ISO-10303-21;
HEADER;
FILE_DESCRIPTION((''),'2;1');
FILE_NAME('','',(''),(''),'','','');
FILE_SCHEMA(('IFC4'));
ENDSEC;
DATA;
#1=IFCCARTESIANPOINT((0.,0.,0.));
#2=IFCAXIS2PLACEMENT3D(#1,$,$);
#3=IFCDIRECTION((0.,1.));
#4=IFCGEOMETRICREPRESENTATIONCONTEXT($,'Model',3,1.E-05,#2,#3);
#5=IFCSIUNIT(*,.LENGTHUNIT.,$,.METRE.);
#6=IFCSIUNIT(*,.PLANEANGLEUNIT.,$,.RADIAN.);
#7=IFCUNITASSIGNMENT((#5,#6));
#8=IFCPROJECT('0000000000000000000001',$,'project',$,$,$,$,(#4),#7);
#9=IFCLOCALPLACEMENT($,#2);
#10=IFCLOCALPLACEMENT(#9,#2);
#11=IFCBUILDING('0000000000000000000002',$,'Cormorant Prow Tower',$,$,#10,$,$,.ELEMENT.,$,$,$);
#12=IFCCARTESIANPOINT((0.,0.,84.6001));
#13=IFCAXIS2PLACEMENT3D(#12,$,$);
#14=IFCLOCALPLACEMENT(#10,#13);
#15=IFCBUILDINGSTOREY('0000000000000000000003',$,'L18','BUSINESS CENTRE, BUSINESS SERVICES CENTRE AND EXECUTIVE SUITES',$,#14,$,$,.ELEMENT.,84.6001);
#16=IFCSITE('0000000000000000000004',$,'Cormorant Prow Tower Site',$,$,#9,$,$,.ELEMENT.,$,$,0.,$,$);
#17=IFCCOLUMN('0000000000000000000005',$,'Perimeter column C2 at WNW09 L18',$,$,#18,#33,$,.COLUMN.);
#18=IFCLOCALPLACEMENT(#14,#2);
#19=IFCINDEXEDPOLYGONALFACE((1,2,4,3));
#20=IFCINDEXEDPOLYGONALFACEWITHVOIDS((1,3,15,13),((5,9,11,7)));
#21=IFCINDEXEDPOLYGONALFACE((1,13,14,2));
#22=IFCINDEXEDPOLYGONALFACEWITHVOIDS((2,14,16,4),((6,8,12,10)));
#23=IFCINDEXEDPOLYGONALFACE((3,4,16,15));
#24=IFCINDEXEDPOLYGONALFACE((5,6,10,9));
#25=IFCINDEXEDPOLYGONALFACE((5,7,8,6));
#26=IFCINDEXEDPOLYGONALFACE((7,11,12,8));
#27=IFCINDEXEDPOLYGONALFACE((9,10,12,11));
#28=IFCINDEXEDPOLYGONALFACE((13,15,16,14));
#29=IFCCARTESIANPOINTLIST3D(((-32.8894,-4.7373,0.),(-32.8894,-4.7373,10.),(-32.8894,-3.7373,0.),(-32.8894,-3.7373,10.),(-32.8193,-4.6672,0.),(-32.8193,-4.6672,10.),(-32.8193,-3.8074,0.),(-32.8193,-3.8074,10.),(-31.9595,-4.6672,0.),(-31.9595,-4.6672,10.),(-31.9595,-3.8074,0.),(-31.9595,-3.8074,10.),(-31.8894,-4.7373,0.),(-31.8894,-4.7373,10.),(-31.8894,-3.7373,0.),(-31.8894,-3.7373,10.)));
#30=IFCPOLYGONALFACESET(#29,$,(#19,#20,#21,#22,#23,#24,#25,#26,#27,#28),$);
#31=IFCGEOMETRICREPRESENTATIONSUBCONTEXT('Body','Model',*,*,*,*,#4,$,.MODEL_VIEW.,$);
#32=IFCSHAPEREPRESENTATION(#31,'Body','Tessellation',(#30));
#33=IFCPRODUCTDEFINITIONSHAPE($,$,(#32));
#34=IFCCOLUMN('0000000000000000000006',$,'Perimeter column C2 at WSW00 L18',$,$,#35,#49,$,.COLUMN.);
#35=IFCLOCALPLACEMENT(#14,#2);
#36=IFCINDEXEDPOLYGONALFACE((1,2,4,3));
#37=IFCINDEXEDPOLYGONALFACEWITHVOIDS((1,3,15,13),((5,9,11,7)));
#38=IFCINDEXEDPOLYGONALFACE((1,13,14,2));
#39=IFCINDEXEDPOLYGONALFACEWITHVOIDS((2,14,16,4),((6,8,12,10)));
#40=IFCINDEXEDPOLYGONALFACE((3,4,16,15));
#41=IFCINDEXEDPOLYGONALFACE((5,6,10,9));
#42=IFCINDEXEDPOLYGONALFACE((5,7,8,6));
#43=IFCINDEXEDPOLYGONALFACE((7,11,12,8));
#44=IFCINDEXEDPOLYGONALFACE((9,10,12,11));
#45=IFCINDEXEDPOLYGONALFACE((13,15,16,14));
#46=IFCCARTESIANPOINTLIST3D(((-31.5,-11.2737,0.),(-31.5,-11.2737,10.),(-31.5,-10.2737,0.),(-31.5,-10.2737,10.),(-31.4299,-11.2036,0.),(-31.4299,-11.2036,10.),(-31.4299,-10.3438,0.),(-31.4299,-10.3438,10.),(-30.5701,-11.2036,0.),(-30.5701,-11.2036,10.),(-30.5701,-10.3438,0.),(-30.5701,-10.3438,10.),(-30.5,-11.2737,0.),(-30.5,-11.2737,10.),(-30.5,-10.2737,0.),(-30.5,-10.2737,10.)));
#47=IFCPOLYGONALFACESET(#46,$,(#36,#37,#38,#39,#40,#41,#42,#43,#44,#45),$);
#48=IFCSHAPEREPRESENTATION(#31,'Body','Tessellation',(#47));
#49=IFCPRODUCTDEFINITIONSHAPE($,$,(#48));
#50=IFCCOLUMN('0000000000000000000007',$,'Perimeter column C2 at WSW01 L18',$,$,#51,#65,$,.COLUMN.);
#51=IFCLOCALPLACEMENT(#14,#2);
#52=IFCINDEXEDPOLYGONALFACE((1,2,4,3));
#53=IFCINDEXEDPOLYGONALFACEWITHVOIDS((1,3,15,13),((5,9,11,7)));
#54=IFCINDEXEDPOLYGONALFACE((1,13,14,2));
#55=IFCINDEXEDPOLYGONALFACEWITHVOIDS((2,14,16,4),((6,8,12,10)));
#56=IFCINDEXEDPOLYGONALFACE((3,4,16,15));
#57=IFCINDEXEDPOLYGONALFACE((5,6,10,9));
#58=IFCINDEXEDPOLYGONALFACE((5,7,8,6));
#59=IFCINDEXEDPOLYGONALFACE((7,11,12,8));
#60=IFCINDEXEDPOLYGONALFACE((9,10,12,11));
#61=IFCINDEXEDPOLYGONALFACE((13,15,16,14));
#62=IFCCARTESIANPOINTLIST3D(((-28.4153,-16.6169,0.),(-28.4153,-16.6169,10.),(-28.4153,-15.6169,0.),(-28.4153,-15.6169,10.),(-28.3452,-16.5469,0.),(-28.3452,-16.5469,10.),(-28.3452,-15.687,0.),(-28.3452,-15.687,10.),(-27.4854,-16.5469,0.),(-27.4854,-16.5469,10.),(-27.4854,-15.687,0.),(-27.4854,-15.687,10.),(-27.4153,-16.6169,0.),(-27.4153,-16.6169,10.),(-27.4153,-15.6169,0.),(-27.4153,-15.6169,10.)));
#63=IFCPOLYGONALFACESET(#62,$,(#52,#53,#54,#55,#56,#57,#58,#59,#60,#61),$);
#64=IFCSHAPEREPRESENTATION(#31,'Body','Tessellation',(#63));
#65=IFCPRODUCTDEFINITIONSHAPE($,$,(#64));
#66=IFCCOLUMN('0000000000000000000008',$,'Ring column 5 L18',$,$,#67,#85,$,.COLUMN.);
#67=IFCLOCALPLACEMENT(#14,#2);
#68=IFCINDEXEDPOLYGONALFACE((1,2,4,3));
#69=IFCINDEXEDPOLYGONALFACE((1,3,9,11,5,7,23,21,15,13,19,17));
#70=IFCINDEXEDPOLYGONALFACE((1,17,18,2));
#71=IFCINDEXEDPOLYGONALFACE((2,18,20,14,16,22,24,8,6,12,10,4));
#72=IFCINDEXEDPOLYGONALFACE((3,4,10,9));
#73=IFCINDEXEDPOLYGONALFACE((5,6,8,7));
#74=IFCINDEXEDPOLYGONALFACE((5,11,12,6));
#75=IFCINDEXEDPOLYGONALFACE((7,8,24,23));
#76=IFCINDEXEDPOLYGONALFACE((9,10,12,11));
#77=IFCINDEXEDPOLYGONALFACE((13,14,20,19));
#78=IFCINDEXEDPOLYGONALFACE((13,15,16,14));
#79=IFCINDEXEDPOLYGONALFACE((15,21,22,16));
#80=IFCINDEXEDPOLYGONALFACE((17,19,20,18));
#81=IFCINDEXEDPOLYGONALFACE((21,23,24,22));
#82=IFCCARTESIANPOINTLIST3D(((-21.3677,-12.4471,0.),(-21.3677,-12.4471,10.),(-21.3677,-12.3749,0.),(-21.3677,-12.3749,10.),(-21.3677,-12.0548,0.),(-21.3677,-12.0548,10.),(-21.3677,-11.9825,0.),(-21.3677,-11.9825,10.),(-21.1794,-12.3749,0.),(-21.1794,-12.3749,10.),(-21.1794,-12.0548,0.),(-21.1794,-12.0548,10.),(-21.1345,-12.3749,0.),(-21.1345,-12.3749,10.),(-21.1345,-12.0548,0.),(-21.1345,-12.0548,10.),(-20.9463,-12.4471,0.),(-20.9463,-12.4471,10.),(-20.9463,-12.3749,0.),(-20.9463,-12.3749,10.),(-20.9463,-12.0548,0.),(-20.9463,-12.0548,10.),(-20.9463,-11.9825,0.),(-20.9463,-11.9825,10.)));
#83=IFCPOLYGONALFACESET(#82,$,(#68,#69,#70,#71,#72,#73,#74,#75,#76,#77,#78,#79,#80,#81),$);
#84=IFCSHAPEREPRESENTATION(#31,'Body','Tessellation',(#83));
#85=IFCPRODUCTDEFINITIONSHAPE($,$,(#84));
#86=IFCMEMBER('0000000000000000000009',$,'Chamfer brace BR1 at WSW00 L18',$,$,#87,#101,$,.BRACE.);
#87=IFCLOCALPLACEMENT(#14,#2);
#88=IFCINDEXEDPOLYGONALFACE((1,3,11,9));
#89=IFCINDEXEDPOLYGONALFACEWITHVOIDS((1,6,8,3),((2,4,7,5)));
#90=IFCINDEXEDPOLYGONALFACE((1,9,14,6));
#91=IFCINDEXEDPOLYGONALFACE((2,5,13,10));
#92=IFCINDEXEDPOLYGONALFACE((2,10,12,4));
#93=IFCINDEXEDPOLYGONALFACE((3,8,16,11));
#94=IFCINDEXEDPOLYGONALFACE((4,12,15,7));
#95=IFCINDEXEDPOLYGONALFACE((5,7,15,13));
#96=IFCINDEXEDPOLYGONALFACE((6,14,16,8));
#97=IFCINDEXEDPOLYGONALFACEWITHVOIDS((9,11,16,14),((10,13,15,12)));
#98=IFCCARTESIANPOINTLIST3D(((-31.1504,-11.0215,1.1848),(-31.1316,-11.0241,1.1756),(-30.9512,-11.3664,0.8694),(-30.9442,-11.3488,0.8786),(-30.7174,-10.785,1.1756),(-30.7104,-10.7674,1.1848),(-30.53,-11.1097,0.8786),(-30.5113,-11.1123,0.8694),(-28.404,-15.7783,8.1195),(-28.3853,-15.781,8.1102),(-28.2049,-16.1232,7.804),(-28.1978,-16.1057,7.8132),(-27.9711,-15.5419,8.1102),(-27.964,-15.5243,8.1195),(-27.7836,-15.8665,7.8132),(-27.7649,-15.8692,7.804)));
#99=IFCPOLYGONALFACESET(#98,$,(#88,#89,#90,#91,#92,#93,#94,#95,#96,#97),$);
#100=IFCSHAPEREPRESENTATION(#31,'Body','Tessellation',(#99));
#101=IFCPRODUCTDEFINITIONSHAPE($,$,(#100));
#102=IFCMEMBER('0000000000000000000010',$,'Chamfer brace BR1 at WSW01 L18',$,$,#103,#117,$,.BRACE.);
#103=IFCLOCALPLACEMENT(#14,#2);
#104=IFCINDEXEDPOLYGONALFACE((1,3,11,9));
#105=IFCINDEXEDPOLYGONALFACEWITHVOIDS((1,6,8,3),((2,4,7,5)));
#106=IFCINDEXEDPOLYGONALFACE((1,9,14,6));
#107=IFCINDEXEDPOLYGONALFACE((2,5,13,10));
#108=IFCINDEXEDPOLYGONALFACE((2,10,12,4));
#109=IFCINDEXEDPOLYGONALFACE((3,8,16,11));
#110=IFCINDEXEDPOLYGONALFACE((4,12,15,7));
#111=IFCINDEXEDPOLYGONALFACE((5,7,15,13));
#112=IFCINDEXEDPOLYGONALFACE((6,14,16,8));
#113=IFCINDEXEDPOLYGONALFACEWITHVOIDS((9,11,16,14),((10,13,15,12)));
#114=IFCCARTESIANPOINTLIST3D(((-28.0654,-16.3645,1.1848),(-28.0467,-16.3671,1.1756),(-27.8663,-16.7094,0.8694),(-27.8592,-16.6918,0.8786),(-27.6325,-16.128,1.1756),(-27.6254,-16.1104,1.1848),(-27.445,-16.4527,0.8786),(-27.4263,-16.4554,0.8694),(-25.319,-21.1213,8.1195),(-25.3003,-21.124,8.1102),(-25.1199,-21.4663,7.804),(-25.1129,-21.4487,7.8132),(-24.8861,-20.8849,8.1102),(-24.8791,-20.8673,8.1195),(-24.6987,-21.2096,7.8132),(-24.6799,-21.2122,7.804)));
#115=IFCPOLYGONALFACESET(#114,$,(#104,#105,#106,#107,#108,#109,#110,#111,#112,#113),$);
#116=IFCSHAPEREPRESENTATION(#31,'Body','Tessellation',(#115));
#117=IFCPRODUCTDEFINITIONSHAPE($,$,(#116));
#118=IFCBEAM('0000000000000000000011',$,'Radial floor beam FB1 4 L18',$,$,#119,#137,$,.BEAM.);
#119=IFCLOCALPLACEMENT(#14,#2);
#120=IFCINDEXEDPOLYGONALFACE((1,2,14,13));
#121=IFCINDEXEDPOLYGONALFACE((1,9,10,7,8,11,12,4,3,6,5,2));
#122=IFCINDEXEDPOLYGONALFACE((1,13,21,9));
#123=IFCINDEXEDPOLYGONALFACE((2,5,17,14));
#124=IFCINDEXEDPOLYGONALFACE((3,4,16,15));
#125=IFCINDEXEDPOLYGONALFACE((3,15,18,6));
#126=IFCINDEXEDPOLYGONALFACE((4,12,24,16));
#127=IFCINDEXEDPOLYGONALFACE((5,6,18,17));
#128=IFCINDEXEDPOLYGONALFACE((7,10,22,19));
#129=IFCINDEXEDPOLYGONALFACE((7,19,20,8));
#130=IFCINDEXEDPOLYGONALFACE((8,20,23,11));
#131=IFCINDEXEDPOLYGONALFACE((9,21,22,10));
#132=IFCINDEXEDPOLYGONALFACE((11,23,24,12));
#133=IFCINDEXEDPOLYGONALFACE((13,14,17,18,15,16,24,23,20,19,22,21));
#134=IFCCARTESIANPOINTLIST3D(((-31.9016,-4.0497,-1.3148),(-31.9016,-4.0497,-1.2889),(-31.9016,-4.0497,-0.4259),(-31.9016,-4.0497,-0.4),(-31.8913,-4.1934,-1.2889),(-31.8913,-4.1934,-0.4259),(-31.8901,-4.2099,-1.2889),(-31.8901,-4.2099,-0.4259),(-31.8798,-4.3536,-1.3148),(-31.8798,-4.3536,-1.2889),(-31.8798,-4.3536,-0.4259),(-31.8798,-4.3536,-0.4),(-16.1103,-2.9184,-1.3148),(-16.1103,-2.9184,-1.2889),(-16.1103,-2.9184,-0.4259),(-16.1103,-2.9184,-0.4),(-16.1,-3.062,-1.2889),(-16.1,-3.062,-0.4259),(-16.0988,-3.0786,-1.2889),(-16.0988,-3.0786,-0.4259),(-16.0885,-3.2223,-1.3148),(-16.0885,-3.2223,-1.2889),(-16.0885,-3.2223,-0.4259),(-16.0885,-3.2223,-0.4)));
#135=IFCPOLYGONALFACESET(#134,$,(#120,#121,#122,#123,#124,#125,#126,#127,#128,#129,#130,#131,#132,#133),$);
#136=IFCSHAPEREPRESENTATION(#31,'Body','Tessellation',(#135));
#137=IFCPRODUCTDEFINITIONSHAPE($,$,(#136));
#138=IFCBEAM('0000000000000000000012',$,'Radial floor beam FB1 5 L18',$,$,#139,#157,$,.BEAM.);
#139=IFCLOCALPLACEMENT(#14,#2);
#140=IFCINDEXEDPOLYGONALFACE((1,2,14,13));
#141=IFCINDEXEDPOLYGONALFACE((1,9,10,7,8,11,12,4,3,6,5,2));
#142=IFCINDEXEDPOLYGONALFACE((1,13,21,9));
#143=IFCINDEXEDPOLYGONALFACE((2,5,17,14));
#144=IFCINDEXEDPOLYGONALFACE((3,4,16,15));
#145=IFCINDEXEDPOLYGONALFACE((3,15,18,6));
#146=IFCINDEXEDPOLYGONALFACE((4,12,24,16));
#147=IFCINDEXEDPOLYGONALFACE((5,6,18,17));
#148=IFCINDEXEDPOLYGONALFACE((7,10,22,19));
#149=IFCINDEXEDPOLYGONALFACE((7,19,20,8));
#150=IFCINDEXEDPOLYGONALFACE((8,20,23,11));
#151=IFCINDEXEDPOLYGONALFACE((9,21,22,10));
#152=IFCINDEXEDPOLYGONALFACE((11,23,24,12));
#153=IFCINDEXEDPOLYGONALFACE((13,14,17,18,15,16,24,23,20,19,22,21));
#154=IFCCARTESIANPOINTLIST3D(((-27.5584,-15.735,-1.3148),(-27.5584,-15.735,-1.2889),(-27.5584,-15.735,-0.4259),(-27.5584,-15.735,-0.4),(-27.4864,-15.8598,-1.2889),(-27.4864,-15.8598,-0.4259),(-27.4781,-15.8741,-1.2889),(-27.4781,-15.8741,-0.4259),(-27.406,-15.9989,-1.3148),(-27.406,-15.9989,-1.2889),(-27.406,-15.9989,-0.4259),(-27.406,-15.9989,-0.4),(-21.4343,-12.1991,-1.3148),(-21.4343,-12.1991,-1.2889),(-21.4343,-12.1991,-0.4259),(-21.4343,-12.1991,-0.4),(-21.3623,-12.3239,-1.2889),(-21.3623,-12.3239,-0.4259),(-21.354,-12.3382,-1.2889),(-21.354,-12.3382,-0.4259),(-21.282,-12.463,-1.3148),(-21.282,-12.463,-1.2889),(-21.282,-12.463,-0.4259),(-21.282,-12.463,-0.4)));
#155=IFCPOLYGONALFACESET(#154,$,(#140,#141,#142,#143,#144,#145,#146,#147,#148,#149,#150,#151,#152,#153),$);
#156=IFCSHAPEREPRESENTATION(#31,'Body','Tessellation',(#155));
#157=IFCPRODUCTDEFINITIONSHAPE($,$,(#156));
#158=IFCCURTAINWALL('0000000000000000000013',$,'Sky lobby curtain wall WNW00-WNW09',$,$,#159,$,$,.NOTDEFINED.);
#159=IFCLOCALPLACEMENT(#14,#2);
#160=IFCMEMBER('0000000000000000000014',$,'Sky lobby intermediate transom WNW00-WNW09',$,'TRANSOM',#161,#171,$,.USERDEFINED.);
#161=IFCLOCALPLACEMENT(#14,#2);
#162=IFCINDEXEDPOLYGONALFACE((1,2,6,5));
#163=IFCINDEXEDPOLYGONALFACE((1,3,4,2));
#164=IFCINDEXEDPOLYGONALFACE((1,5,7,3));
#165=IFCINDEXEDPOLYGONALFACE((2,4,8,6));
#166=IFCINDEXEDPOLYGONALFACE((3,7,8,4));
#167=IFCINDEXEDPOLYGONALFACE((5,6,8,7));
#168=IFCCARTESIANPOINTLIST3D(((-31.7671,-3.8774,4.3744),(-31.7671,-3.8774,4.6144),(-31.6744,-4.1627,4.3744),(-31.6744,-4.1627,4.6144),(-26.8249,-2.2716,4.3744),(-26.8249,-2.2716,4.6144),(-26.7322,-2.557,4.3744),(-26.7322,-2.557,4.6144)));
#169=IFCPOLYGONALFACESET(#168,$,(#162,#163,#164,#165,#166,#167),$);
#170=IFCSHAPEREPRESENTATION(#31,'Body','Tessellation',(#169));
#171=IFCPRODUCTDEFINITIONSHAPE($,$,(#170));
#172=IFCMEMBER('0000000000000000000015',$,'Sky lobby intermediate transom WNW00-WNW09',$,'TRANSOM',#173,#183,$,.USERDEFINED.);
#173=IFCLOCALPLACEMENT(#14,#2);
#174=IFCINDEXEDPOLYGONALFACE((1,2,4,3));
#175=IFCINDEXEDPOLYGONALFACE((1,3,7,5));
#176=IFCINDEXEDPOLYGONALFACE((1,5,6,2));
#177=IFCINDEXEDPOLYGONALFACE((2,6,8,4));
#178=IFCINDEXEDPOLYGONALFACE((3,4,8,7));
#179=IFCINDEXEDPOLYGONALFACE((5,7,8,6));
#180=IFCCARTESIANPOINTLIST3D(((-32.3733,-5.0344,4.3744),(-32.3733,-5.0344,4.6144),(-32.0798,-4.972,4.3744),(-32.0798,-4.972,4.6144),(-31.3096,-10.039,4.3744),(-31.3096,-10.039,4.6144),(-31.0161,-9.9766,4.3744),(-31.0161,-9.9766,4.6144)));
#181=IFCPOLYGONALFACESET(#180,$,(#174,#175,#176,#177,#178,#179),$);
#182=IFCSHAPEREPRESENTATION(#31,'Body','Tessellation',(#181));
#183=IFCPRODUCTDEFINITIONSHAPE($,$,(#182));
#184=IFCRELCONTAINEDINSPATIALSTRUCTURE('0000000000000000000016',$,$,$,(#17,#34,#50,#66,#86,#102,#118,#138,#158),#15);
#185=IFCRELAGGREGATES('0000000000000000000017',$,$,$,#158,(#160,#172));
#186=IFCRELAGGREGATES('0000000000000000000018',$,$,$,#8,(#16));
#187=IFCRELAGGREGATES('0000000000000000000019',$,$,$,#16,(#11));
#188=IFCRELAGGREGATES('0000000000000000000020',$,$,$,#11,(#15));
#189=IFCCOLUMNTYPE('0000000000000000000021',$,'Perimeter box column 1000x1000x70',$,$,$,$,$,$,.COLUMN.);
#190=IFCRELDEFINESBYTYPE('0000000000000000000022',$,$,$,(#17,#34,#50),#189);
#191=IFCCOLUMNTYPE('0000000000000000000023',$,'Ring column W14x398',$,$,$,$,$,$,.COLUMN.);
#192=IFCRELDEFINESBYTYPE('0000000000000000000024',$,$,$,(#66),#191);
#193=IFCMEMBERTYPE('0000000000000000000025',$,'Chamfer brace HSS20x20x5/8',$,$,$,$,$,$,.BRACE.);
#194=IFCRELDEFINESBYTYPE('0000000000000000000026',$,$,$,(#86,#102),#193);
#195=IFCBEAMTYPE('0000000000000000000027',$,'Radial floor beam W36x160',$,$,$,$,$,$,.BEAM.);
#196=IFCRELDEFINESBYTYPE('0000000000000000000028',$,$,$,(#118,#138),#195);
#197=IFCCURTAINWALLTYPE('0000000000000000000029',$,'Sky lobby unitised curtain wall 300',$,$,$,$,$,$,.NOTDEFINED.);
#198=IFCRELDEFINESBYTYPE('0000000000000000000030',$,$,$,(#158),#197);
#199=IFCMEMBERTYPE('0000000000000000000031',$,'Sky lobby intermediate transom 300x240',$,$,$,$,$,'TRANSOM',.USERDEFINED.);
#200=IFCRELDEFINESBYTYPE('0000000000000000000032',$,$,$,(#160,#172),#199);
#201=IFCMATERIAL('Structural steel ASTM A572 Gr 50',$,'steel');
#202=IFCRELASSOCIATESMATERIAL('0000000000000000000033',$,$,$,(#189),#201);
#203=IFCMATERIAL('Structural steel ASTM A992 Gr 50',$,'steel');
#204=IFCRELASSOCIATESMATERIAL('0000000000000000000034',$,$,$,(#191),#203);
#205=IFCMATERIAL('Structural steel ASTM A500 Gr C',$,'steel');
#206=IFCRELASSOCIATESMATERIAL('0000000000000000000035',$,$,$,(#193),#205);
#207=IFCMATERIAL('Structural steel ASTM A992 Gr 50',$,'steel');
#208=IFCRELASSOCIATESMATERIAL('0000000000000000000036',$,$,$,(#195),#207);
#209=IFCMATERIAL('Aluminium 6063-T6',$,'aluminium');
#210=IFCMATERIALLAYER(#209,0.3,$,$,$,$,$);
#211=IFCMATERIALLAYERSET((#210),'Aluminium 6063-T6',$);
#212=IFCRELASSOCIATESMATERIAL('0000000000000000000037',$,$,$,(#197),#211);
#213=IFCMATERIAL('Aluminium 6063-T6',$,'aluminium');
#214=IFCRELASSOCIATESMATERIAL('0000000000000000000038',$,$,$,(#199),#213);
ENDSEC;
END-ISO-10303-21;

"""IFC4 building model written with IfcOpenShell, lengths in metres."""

from ifc_helpers import new_model, si_unit, direction, frame, origin, origin_2d, place, context, subcontext, project, spatial, rectangle, hollow_rectangle, i_section, extrude, material, layer, layer_set, material_profile, profile_set, type_object, element, aggregate, save


model = new_model("IFC4")

# Units and contexts
model_context = context("Model", 3, precision=1e-05, world=origin(), true_north=direction((0.0, 1.0)))
body_context = subcontext(model_context, "Body", "Model", "MODEL_VIEW")
ifc_project = project(units=[si_unit("LENGTHUNIT", "METRE"), si_unit("PLANEANGLEUNIT", "RADIAN")], contexts=[model_context])

# Site, building, storey
site_placement = place(None, origin())
site = spatial("IfcSite", under=ifc_project, at=site_placement, Name="Cormorant Prow Tower Site", CompositionType="ELEMENT", RefElevation=0.0)
building_placement = place(site_placement, origin())
building = spatial("IfcBuilding", under=site, at=building_placement, Name="Cormorant Prow Tower", CompositionType="ELEMENT")
storey_placement = place(building_placement, frame((0.0, 0.0, 84.6001)))
storey = spatial("IfcBuildingStorey", under=building, at=storey_placement, Name="L18", Description="BUSINESS CENTRE, BUSINESS SERVICES CENTRE AND EXECUTIVE SUITES", CompositionType="ELEMENT", Elevation=84.6001)

# Columns
ifc_material_1 = material(Name="Structural steel ASTM A572 Gr 50", Category="steel")
ifc_material_profile_1 = material_profile(ifc_material_1, hollow_rectangle(XDim=1.0, YDim=1.0, WallThickness=0.0701, at=origin_2d()), Name="Box 1000x1000x70")
ifc_profile_set_1 = profile_set([ifc_material_profile_1], Name="Structural steel ASTM A572 Gr 50")
column_type_1 = type_object("IfcColumnType", Name="Perimeter box column 1000x1000x70", PredefinedType="COLUMN", material=ifc_profile_set_1)
for number, where, z_axis, x_axis, name in (
    (1, (-32.3894, -4.2373, 0.0), (0.0, 0.0, 1.0), (1.0, 0.0, 0.0), "Perimeter column C2 at WNW09 L18"),
    (2, (-31.0, -10.7737, 0.0), (0.0, 0.0, 1.0), (1.0, 0.0, 0.0), "Perimeter column C2 at WSW00 L18"),
    (3, (-27.9153, -16.1169, 0.0), (0.0, 0.0, 1.0), (1.0, 0.0, 0.0), "Perimeter column C2 at WSW01 L18"),
):
    element("IfcColumn", number, at=place(storey_placement, frame(where, z_axis=z_axis, x_axis=x_axis)), inside=storey, type_object=column_type_1, Name=name, PredefinedType="COLUMN", context=body_context, shape_type="SweptSolid", body=[
        extrude(hollow_rectangle(XDim=1.0, YDim=1.0, WallThickness=0.0701, at=origin_2d()), origin(), (0.0, 0.0, 1.0), 10.0),
    ])
ifc_material_2 = material(Name="Structural steel ASTM A992 Gr 50", Category="steel")
ifc_material_profile_2 = material_profile(ifc_material_2, i_section(OverallWidth=0.4214, OverallDepth=0.4646, WebThickness=0.0449, FlangeThickness=0.0723, at=origin_2d()), Name="W14x398")
ifc_profile_set_2 = profile_set([ifc_material_profile_2], Name="Structural steel ASTM A992 Gr 50")
column_type_2 = type_object("IfcColumnType", Name="Ring column W14x398", PredefinedType="COLUMN", material=ifc_profile_set_2)
column_placement = place(storey_placement, frame((-21.157, -12.2148, 0.0), z_axis=(0.0, 0.0, 1.0), x_axis=(1.0, 0.0, 0.0)))
element("IfcColumn", 4, at=column_placement, inside=storey, type_object=column_type_2, Name="Ring column 5 L18", PredefinedType="COLUMN", context=body_context, shape_type="SweptSolid", body=[
    extrude(i_section(OverallWidth=0.4214, OverallDepth=0.4646, WebThickness=0.0449, FlangeThickness=0.0723, at=origin_2d()), origin(), (0.0, 0.0, 1.0), 10.0),
])

# Members
ifc_material_3 = material(Name="Structural steel ASTM A500 Gr C", Category="steel")
ifc_material_profile_3 = material_profile(ifc_material_3, hollow_rectangle(XDim=0.5081, YDim=0.5081, WallThickness=0.0149, at=origin_2d()), Name="HSS20x20x5/8")
ifc_profile_set_3 = profile_set([ifc_material_profile_3], Name="Structural steel ASTM A500 Gr C")
member_type_1 = type_object("IfcMemberType", Name="Chamfer brace HSS20x20x5/8", PredefinedType="BRACE", material=ifc_profile_set_3)
for number, where, z_axis, x_axis, name in (
    (5, (-30.8308, -11.0669, 1.0271), (0.310448, -0.537717, 0.783889), (0.866027, 0.499997, 0.0), "Chamfer brace BR1 at WSW00 L18"),
    (6, (-27.7458, -16.4099, 1.0271), (0.310448, -0.537717, 0.783889), (0.866027, 0.499997, 0.0), "Chamfer brace BR1 at WSW01 L18"),
):
    element("IfcMember", number, at=place(storey_placement, frame(where, z_axis=z_axis, x_axis=x_axis)), inside=storey, type_object=member_type_1, Name=name, PredefinedType="BRACE", context=body_context, shape_type="SweptSolid", body=[
        extrude(hollow_rectangle(XDim=0.5081, YDim=0.5081, WallThickness=0.0149, at=origin_2d()), origin(), (0.0, 0.0, 1.0), 8.8464),
    ])

# Beams
ifc_material_4 = material(Name="Structural steel ASTM A992 Gr 50", Category="steel")
ifc_material_profile_4 = material_profile(ifc_material_4, i_section(OverallWidth=0.3047, OverallDepth=0.9148, WebThickness=0.0166, FlangeThickness=0.0259, at=origin_2d()), Name="W36x160")
ifc_profile_set_4 = profile_set([ifc_material_profile_4], Name="Structural steel ASTM A992 Gr 50")
beam_type_1 = type_object("IfcBeamType", Name="Radial floor beam W36x160", PredefinedType="BEAM", material=ifc_profile_set_4)
beam_1_placement = place(storey_placement, frame((-16.0994, -3.0703, -0.8574), z_axis=(-0.997443, -0.071461, 0.0), x_axis=(0.071461, -0.997443, 0.0)))
element("IfcBeam", 7, at=beam_1_placement, inside=storey, type_object=beam_type_1, Name="Radial floor beam FB1 4 L18", PredefinedType="BEAM", context=body_context, shape_type="SweptSolid", body=[
    extrude(i_section(OverallWidth=0.3047, OverallDepth=0.9148, WebThickness=0.0166, FlangeThickness=0.0259, at=origin_2d()), origin(), (0.0, 0.0, 1.0), 15.8318),
])
beam_2_placement = place(storey_placement, frame((-21.3582, -12.3311, -0.8574), z_axis=(-0.866014, -0.500019, 0.0), x_axis=(0.500019, -0.866014, 0.0)))
element("IfcBeam", 8, at=beam_2_placement, inside=storey, type_object=beam_type_1, Name="Radial floor beam FB1 5 L18", PredefinedType="BEAM", context=body_context, shape_type="SweptSolid", body=[
    extrude(i_section(OverallWidth=0.3047, OverallDepth=0.9148, WebThickness=0.0166, FlangeThickness=0.0259, at=origin_2d()), origin(), (0.0, 0.0, 1.0), 7.0715),
])

# Curtain wall, members
ifc_material_5 = material(Name="Aluminium 6063-T6", Category="aluminium")
ifc_layer_1 = layer(ifc_material_5, 0.3)
ifc_layer_set_1 = layer_set([ifc_layer_1], Name="Aluminium 6063-T6")
curtain_wall_type = type_object("IfcCurtainWallType", Name="Sky lobby unitised curtain wall 300", PredefinedType="NOTDEFINED", material=ifc_layer_set_1)
curtain_wall_placement = place(storey_placement, origin())
curtain_wall = element("IfcCurtainWall", 9, at=curtain_wall_placement, inside=storey, type_object=curtain_wall_type, Name="Sky lobby curtain wall WNW00-WNW09", PredefinedType="NOTDEFINED")
ifc_material_6 = material(Name="Aluminium 6063-T6", Category="aluminium")
ifc_material_profile_5 = material_profile(ifc_material_6, rectangle(XDim=0.3, YDim=0.24, at=origin_2d()), Name="Sky lobby intermediate transom 300x240")
ifc_profile_set_5 = profile_set([ifc_material_profile_5], Name="Aluminium 6063-T6")
member_type_2 = type_object("IfcMemberType", Name="Sky lobby intermediate transom 300x240", ElementType="TRANSOM", PredefinedType="USERDEFINED", material=ifc_profile_set_5)
member_1_placement = place(storey_placement, frame((-26.7786, -2.4143, 4.4944), z_axis=(-0.951061, -0.309002, 0.0), x_axis=(0.309002, -0.951061, 0.0)))
member_1 = element("IfcMember", 10, at=member_1_placement, type_object=member_type_2, Name="Sky lobby intermediate transom WNW00-WNW09", ObjectType="TRANSOM", PredefinedType="USERDEFINED", context=body_context, shape_type="SweptSolid", body=[
    extrude(rectangle(XDim=0.3, YDim=0.24, at=origin_2d()), origin(), (0.0, 0.0, 1.0), 5.1965),
])
member_2_placement = place(storey_placement, frame((-32.2266, -5.0032, 4.4944), z_axis=(0.207903, -0.97815, 0.0), x_axis=(0.97815, 0.207903, 0.0)))
member_2 = element("IfcMember", 11, at=member_2_placement, type_object=member_type_2, Name="Sky lobby intermediate transom WNW00-WNW09", ObjectType="TRANSOM", PredefinedType="USERDEFINED", context=body_context, shape_type="SweptSolid", body=[
    extrude(rectangle(XDim=0.3, YDim=0.24, at=origin_2d()), origin(), (0.0, 0.0, 1.0), 5.1165),
])

aggregate(curtain_wall, [member_1, member_2])

save(model, "model.ifc")
